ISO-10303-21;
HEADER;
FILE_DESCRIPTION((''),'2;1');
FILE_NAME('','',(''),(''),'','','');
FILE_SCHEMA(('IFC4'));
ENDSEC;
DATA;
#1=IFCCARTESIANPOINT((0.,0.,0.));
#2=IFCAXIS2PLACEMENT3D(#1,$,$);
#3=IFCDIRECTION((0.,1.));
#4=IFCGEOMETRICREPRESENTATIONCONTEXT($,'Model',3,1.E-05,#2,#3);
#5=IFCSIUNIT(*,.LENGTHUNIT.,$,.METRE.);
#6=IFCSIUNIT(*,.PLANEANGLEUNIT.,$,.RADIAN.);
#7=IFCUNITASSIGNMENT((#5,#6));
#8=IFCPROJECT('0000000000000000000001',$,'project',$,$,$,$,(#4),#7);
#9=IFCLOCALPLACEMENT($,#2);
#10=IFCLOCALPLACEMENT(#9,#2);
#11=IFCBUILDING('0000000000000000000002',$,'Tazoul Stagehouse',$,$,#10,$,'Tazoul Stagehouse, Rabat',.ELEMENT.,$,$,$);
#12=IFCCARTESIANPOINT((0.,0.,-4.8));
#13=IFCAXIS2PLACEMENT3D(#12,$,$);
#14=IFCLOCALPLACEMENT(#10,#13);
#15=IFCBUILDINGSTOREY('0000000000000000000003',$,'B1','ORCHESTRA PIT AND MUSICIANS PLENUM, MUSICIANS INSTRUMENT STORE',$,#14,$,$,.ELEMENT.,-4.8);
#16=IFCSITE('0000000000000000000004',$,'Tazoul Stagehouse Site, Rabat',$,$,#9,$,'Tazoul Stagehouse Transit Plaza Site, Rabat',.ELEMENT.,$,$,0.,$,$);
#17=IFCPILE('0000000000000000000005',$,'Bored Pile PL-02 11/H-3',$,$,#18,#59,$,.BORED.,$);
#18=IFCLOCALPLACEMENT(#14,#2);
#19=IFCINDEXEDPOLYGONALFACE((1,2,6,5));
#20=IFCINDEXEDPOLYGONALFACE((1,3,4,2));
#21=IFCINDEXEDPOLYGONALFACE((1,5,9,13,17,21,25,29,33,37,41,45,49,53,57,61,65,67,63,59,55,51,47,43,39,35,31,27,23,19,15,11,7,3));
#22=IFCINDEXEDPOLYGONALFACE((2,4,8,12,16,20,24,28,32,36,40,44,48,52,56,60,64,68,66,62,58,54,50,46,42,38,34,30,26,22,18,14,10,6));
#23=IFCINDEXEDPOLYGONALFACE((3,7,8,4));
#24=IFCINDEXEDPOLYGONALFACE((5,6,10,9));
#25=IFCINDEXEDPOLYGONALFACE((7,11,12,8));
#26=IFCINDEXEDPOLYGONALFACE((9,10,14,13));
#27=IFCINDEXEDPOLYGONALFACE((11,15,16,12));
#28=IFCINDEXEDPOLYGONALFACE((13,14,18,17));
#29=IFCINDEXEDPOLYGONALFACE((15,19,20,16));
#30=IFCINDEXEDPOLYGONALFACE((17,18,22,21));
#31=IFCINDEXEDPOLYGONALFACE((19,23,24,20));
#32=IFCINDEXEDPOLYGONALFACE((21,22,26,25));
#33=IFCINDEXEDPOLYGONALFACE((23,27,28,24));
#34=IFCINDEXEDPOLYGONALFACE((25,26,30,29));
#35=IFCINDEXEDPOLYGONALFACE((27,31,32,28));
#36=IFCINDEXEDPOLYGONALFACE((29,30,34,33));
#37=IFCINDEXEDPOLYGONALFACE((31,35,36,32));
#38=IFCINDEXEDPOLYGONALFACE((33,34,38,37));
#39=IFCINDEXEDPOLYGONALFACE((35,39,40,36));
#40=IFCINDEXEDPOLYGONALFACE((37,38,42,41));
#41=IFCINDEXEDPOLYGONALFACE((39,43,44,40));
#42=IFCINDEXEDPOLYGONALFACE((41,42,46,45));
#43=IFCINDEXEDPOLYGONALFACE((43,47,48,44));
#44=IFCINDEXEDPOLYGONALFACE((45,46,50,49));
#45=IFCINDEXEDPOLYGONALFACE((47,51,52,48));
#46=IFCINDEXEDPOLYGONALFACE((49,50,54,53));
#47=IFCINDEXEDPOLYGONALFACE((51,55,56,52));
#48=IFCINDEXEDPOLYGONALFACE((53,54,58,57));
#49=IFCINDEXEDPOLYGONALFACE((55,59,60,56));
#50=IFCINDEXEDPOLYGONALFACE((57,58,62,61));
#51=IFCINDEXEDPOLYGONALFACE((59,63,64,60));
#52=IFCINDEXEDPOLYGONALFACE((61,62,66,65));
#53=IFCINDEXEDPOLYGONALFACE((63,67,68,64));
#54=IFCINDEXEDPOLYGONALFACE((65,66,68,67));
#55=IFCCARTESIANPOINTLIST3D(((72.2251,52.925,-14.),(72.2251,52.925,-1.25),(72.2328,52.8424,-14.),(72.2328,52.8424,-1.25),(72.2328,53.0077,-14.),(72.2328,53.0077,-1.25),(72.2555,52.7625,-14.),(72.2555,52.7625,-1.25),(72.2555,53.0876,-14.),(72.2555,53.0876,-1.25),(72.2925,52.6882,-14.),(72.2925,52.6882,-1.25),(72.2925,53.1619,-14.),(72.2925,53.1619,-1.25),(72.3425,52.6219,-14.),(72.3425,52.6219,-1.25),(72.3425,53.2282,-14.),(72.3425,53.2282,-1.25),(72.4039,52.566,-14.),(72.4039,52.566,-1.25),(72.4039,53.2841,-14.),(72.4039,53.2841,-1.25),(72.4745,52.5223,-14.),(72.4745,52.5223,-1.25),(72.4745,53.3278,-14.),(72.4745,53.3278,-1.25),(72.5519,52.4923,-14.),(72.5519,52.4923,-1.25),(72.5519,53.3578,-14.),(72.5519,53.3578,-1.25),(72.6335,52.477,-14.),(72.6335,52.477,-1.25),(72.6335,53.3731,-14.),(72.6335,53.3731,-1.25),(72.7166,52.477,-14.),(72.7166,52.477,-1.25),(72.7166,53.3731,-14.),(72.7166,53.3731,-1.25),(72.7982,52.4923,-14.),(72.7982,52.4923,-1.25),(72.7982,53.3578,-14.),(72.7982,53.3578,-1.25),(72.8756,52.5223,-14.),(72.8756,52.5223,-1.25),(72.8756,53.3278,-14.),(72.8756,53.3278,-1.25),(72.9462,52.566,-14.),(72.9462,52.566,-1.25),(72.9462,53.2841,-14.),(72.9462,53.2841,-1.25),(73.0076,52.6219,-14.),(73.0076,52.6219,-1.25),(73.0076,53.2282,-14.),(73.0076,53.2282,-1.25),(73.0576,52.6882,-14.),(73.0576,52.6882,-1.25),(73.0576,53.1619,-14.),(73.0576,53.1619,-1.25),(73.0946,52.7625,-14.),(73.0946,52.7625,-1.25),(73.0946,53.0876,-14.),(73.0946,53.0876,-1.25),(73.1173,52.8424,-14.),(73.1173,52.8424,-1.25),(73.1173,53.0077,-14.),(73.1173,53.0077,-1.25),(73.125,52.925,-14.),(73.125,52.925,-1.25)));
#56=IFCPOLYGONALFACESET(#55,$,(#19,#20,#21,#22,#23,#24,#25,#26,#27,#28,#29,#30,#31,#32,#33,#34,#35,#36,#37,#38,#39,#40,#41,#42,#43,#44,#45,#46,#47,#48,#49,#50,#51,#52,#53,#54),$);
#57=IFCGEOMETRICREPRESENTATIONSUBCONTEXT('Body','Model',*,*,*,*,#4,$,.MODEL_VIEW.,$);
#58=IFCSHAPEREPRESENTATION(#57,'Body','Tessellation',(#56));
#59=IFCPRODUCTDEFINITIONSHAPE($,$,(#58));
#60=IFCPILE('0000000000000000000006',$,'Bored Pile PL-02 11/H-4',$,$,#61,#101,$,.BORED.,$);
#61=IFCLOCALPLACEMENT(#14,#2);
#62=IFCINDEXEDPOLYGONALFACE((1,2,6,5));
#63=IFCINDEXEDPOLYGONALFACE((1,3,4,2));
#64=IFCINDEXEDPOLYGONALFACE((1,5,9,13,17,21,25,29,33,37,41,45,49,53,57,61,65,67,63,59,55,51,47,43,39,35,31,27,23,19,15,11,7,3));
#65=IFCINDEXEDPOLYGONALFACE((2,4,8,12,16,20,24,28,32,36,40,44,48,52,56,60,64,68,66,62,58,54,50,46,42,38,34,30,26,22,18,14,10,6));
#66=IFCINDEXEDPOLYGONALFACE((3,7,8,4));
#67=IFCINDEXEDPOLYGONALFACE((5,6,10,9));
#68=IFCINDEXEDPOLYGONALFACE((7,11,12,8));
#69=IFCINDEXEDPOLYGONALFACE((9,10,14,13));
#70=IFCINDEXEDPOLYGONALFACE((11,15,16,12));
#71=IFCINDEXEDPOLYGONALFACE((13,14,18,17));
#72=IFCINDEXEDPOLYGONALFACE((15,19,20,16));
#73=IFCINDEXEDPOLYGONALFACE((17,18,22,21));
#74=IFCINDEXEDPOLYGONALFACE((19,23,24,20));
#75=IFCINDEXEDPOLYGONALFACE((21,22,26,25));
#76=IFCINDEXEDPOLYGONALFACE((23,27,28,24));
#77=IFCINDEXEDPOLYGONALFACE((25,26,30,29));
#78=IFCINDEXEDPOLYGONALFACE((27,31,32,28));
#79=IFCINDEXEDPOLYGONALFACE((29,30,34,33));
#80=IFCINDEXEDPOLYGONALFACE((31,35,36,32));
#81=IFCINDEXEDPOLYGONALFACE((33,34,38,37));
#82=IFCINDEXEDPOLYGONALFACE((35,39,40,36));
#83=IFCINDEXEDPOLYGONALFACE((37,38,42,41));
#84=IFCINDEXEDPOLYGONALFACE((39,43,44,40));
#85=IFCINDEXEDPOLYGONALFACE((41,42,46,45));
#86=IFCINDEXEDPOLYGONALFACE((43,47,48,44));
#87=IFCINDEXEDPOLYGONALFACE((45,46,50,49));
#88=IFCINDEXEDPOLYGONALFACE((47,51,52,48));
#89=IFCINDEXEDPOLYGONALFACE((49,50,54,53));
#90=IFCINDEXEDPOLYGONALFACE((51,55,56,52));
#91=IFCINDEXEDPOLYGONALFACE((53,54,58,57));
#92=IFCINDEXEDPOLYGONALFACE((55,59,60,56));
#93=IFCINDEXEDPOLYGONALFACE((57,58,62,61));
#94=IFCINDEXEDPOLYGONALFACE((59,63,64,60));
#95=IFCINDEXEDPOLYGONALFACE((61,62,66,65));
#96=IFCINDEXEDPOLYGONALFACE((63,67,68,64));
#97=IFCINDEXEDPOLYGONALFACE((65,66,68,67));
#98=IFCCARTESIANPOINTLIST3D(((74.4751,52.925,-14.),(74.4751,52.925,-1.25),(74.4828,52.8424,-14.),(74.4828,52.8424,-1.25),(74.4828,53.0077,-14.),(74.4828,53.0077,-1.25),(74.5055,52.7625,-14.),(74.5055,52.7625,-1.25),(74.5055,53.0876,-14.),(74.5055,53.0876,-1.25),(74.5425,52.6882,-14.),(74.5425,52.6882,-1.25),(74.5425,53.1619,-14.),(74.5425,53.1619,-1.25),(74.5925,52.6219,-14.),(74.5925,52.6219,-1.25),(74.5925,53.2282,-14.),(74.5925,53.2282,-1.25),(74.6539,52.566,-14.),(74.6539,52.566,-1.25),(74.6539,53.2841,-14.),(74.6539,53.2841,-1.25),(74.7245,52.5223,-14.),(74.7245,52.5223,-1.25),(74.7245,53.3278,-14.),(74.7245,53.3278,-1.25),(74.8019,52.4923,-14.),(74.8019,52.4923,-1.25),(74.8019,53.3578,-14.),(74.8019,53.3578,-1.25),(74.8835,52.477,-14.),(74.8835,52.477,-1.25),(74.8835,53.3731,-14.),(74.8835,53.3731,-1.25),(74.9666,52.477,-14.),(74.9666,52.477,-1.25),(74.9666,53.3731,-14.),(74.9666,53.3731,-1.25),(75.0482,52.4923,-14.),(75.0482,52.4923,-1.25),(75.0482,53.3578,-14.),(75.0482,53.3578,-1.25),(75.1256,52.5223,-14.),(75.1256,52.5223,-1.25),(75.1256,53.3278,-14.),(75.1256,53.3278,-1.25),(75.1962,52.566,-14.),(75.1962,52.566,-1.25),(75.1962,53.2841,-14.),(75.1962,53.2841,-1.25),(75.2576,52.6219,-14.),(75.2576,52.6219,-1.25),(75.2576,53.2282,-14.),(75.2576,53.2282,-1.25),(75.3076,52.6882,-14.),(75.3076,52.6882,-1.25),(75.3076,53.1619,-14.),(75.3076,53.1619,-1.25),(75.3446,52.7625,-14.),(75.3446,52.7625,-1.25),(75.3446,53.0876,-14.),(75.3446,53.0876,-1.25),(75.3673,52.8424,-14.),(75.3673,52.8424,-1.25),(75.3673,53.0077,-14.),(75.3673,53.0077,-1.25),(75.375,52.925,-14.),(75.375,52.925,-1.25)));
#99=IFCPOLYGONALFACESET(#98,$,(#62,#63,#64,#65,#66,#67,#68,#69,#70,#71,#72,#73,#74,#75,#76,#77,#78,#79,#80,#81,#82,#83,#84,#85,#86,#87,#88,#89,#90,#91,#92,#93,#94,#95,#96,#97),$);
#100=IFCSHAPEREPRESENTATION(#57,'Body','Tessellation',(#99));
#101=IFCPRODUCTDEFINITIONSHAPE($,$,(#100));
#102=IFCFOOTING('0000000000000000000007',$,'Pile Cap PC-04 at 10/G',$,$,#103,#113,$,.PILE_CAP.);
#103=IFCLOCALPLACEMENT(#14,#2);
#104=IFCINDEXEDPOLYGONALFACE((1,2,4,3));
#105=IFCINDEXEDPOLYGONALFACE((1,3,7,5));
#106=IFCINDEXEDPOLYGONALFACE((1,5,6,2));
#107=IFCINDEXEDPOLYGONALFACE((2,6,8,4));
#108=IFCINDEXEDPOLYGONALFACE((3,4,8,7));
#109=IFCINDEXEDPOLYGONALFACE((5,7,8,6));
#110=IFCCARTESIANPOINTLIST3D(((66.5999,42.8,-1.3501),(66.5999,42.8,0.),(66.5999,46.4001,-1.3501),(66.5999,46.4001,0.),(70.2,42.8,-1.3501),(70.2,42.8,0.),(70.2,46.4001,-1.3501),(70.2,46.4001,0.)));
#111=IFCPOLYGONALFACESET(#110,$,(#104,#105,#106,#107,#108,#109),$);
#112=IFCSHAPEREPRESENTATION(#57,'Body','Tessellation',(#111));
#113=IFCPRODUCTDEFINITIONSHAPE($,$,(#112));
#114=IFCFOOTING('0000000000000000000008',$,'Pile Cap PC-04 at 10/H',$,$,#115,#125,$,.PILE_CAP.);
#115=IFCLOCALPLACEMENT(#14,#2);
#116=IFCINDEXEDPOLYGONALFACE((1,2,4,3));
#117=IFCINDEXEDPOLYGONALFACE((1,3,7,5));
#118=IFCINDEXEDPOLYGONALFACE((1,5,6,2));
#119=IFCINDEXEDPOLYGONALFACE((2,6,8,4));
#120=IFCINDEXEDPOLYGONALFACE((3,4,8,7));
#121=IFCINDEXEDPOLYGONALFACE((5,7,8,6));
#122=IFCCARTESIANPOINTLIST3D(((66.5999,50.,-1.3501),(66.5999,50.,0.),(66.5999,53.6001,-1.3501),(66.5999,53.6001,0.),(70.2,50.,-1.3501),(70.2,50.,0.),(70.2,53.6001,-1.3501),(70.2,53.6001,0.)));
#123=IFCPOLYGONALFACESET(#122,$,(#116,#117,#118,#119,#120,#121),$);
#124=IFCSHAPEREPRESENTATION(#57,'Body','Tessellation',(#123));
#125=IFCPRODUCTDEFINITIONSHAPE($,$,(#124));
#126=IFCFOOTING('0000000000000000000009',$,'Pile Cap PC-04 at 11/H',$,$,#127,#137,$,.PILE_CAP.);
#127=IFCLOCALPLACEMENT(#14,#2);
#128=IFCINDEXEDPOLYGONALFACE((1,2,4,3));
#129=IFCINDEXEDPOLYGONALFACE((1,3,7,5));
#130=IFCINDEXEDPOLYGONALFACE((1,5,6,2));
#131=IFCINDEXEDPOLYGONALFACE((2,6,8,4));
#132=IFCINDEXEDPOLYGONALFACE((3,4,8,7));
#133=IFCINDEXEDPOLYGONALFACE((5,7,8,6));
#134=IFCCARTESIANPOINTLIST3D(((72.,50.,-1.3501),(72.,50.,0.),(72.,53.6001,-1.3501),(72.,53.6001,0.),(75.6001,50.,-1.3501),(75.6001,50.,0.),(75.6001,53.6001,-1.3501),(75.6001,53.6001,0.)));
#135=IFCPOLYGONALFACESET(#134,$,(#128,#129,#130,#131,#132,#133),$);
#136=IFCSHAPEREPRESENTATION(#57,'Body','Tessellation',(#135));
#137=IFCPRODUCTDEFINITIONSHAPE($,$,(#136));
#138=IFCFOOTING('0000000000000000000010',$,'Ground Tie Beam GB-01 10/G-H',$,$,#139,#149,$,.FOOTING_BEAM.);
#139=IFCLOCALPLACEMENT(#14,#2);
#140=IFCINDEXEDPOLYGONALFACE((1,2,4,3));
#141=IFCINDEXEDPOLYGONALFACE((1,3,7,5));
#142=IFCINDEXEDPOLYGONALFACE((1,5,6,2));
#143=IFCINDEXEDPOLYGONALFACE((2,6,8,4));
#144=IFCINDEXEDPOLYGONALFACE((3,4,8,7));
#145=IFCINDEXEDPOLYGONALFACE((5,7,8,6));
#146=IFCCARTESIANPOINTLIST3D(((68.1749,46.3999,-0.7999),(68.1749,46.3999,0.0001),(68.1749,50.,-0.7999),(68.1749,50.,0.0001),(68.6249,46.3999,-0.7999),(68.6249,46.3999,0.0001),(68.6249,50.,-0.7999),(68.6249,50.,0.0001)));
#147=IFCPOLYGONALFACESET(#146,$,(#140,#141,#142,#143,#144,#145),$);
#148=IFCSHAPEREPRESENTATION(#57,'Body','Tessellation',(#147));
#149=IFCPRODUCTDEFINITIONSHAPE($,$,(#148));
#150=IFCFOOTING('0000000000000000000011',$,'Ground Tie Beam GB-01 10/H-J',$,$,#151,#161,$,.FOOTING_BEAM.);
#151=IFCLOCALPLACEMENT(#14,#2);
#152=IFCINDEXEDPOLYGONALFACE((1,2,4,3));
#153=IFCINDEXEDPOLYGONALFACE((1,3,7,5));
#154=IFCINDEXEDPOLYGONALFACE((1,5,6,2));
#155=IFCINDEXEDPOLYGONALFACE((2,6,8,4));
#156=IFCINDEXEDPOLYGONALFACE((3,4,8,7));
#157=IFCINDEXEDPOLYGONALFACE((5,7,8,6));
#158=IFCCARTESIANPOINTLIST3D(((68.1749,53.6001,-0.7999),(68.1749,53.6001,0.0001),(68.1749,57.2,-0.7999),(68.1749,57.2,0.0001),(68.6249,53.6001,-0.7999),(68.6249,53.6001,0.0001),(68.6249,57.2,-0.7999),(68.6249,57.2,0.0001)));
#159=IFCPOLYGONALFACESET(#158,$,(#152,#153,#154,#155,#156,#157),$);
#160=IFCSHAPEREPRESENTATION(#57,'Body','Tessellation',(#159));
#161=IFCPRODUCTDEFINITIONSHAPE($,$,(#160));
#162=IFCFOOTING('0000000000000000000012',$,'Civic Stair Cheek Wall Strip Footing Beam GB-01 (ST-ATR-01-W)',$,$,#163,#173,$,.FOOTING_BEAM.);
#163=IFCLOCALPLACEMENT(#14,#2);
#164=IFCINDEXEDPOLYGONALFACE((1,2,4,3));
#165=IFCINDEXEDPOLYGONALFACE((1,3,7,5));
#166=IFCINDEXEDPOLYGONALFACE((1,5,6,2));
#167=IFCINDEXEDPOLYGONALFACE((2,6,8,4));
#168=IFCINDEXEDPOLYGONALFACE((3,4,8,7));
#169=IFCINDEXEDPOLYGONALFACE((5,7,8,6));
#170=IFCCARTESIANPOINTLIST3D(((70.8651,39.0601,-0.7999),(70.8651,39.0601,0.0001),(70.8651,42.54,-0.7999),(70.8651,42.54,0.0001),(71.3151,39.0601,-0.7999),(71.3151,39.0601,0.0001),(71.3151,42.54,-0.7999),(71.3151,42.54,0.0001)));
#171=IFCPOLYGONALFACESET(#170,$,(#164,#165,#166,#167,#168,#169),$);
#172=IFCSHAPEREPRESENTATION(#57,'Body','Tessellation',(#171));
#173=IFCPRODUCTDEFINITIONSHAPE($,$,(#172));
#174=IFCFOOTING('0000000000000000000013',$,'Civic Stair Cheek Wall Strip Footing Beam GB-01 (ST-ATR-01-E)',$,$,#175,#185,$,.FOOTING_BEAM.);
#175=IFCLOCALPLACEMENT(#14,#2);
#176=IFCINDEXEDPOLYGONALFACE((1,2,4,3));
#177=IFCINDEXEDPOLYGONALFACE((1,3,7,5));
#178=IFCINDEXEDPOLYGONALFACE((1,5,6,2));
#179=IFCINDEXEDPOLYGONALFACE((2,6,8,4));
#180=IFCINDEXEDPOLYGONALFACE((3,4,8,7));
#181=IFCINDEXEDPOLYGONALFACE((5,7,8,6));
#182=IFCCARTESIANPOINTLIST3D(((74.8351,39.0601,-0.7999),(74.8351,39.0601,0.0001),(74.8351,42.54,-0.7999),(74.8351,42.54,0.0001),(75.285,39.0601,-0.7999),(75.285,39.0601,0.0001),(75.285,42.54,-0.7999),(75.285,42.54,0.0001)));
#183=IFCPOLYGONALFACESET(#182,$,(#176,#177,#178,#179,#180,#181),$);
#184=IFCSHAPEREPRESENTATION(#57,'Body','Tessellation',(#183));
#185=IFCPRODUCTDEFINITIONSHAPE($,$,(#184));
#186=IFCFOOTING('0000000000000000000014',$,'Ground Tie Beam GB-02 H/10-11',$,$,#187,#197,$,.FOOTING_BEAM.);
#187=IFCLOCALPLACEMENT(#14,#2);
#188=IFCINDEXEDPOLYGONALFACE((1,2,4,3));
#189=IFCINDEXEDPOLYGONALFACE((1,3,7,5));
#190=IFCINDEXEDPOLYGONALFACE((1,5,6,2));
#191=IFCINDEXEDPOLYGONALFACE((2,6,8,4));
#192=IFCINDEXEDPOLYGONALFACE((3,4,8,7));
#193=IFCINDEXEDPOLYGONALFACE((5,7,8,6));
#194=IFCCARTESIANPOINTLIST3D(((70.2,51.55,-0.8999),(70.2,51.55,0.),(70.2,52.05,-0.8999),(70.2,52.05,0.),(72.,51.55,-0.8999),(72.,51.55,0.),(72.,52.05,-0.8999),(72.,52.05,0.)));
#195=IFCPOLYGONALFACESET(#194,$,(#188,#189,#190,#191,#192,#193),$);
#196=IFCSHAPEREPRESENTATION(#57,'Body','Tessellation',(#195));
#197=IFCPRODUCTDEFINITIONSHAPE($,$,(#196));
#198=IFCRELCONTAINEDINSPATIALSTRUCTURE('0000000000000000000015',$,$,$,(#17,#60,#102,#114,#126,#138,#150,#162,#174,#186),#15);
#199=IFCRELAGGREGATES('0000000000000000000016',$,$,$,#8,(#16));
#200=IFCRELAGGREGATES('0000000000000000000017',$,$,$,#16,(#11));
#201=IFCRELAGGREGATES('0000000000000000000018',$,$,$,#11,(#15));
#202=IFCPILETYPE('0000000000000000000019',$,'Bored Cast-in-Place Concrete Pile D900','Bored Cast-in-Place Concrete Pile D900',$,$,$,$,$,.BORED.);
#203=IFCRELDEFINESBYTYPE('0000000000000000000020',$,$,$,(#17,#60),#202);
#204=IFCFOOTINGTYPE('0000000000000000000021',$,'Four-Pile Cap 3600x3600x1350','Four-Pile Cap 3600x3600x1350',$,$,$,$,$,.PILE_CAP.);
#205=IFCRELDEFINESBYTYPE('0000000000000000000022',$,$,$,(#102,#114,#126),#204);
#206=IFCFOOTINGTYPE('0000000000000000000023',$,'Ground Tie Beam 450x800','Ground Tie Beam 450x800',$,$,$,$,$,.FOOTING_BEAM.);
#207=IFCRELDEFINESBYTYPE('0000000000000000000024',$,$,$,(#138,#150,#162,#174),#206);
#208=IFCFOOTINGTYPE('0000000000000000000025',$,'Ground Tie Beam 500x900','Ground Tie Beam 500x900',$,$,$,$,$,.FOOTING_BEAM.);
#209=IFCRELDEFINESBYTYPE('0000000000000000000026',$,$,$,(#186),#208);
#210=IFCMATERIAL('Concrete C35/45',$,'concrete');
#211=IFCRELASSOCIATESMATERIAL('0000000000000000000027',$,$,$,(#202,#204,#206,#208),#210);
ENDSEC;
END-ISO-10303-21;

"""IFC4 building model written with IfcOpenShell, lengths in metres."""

from ifc_helpers import new_model, si_unit, direction, frame, origin, origin_2d, place, context, subcontext, project, spatial, rectangle, circle, extrude, material, material_profile, profile_set, type_object, element, save


model = new_model("IFC4")

# Units and contexts
model_context = context("Model", 3, precision=1e-05, world=origin(), true_north=direction((0.0, 1.0)))
body_context = subcontext(model_context, "Body", "Model", "MODEL_VIEW")
ifc_project = project(units=[si_unit("LENGTHUNIT", "METRE"), si_unit("PLANEANGLEUNIT", "RADIAN")], contexts=[model_context])

# Site, building, storey
site_placement = place(None, origin())
site = spatial("IfcSite", under=ifc_project, at=site_placement, Name="Tazoul Stagehouse Site, Rabat", LongName="Tazoul Stagehouse Transit Plaza Site, Rabat", CompositionType="ELEMENT", RefElevation=0.0)
building_placement = place(site_placement, origin())
building = spatial("IfcBuilding", under=site, at=building_placement, Name="Tazoul Stagehouse", LongName="Tazoul Stagehouse, Rabat", CompositionType="ELEMENT")
storey_placement = place(building_placement, frame((0.0, 0.0, -4.8)))
storey = spatial("IfcBuildingStorey", under=building, at=storey_placement, Name="B1", Description="ORCHESTRA PIT AND MUSICIANS PLENUM, MUSICIANS INSTRUMENT STORE", CompositionType="ELEMENT", Elevation=-4.8)

# Piles
ifc_material_1 = material(Name="Concrete C35/45", Category="concrete")
ifc_material_profile_1 = material_profile(ifc_material_1, circle(Radius=0.45, at=origin_2d()), Name="BORED PILE 900")
ifc_profile_set_1 = profile_set([ifc_material_profile_1], Name="Concrete C35/45")
pile_type_1 = type_object("IfcPileType", Name="Bored Cast-in-Place Concrete Pile D900", Description="Bored Cast-in-Place Concrete Pile D900", PredefinedType="BORED", material=ifc_profile_set_1)
for number, where, z_axis, x_axis, name in (
    (1, (72.675, 52.925, -1.25), (0.0, 0.0, -1.0), (1.0, 0.0, 0.0), "Bored Pile PL-02 11/H-3"),
    (2, (74.925, 52.925, -1.25), (0.0, 0.0, -1.0), (1.0, 0.0, 0.0), "Bored Pile PL-02 11/H-4"),
):
    element("IfcPile", number, at=place(storey_placement, frame(where, z_axis=z_axis, x_axis=x_axis)), inside=storey, type_object=pile_type_1, Name=name, PredefinedType="BORED", context=body_context, shape_type="SweptSolid", body=[
        extrude(circle(Radius=0.45, at=origin_2d()), origin(), (0.0, 0.0, 1.0), 12.75),
    ])

# Footings
footing_type_1 = type_object("IfcFootingType", Name="Four-Pile Cap 3600x3600x1350", Description="Four-Pile Cap 3600x3600x1350", PredefinedType="PILE_CAP", material=ifc_material_1)
for number, where, z_axis, x_axis, name in (
    (3, (68.3999, 44.6001, -1.3501), (0.0, 0.0, 1.0), (1.0, 0.0, 0.0), "Pile Cap PC-04 at 10/G"),
    (4, (68.3999, 51.8, -1.3501), (0.0, 0.0, 1.0), (1.0, 0.0, 0.0), "Pile Cap PC-04 at 10/H"),
    (5, (73.8, 51.8, -1.3501), (0.0, 0.0, 1.0), (1.0, 0.0, 0.0), "Pile Cap PC-04 at 11/H"),
):
    element("IfcFooting", number, at=place(storey_placement, frame(where, z_axis=z_axis, x_axis=x_axis)), inside=storey, type_object=footing_type_1, Name=name, PredefinedType="PILE_CAP", context=body_context, shape_type="SweptSolid", body=[
        extrude(rectangle(XDim=3.6001, YDim=3.6001, at=origin_2d()), origin(), (0.0, 0.0, 1.0), 1.3501),
    ])
ifc_material_profile_2 = material_profile(ifc_material_1, rectangle(XDim=0.45, YDim=0.8, at=origin_2d()), Name="RC 450x800")
ifc_profile_set_2 = profile_set([ifc_material_profile_2], Name="Concrete C35/45")
footing_type_2 = type_object("IfcFootingType", Name="Ground Tie Beam 450x800", Description="Ground Tie Beam 450x800", PredefinedType="FOOTING_BEAM", material=ifc_profile_set_2)
footing_1_placement = place(storey_placement, frame((68.3999, 46.3999, -0.3999), z_axis=(0.0, 1.0, 0.0), x_axis=(-1.0, 0.0, 0.0)))
element("IfcFooting", 6, at=footing_1_placement, inside=storey, type_object=footing_type_2, Name="Ground Tie Beam GB-01 10/G-H", PredefinedType="FOOTING_BEAM", context=body_context, shape_type="SweptSolid", body=[
    extrude(rectangle(XDim=0.45, YDim=0.8, at=origin_2d()), origin(), (0.0, 0.0, 1.0), 3.6001),
])
footing_2_placement = place(storey_placement, frame((68.3999, 53.6001, -0.3999), z_axis=(0.0, 1.0, 0.0), x_axis=(-1.0, 0.0, 0.0)))
element("IfcFooting", 7, at=footing_2_placement, inside=storey, type_object=footing_type_2, Name="Ground Tie Beam GB-01 10/H-J", PredefinedType="FOOTING_BEAM", context=body_context, shape_type="SweptSolid", body=[
    extrude(rectangle(XDim=0.45, YDim=0.8, at=origin_2d()), origin(), (0.0, 0.0, 1.0), 3.5999),
])
for number, where, z_axis, x_axis, name in (
    (8, (71.0901, 39.0601, -0.3999), (0.0, 1.0, 0.0), (-1.0, 0.0, 0.0), "Civic Stair Cheek Wall Strip Footing Beam GB-01 (ST-ATR-01-W)"),
    (9, (75.0601, 39.0601, -0.3999), (0.0, 1.0, 0.0), (-1.0, 0.0, 0.0), "Civic Stair Cheek Wall Strip Footing Beam GB-01 (ST-ATR-01-E)"),
):
    element("IfcFooting", number, at=place(storey_placement, frame(where, z_axis=z_axis, x_axis=x_axis)), inside=storey, type_object=footing_type_2, Name=name, PredefinedType="FOOTING_BEAM", context=body_context, shape_type="SweptSolid", body=[
        extrude(rectangle(XDim=0.45, YDim=0.8, at=origin_2d()), origin(), (0.0, 0.0, 1.0), 3.48),
    ])
ifc_material_profile_3 = material_profile(ifc_material_1, rectangle(XDim=0.5, YDim=0.8999, at=origin_2d()), Name="RC 500x900")
ifc_profile_set_3 = profile_set([ifc_material_profile_3], Name="Concrete C35/45")
footing_type_3 = type_object("IfcFootingType", Name="Ground Tie Beam 500x900", Description="Ground Tie Beam 500x900", PredefinedType="FOOTING_BEAM", material=ifc_profile_set_3)
footing_3_placement = place(storey_placement, frame((70.2, 51.8, -0.45), z_axis=(1.0, 0.0, 0.0), x_axis=(0.0, 1.0, 0.0)))
element("IfcFooting", 10, at=footing_3_placement, inside=storey, type_object=footing_type_3, Name="Ground Tie Beam GB-02 H/10-11", PredefinedType="FOOTING_BEAM", context=body_context, shape_type="SweptSolid", body=[
    extrude(rectangle(XDim=0.5, YDim=0.8999, at=origin_2d()), origin(), (0.0, 0.0, 1.0), 1.8),
])

save(model, "model.ifc")
